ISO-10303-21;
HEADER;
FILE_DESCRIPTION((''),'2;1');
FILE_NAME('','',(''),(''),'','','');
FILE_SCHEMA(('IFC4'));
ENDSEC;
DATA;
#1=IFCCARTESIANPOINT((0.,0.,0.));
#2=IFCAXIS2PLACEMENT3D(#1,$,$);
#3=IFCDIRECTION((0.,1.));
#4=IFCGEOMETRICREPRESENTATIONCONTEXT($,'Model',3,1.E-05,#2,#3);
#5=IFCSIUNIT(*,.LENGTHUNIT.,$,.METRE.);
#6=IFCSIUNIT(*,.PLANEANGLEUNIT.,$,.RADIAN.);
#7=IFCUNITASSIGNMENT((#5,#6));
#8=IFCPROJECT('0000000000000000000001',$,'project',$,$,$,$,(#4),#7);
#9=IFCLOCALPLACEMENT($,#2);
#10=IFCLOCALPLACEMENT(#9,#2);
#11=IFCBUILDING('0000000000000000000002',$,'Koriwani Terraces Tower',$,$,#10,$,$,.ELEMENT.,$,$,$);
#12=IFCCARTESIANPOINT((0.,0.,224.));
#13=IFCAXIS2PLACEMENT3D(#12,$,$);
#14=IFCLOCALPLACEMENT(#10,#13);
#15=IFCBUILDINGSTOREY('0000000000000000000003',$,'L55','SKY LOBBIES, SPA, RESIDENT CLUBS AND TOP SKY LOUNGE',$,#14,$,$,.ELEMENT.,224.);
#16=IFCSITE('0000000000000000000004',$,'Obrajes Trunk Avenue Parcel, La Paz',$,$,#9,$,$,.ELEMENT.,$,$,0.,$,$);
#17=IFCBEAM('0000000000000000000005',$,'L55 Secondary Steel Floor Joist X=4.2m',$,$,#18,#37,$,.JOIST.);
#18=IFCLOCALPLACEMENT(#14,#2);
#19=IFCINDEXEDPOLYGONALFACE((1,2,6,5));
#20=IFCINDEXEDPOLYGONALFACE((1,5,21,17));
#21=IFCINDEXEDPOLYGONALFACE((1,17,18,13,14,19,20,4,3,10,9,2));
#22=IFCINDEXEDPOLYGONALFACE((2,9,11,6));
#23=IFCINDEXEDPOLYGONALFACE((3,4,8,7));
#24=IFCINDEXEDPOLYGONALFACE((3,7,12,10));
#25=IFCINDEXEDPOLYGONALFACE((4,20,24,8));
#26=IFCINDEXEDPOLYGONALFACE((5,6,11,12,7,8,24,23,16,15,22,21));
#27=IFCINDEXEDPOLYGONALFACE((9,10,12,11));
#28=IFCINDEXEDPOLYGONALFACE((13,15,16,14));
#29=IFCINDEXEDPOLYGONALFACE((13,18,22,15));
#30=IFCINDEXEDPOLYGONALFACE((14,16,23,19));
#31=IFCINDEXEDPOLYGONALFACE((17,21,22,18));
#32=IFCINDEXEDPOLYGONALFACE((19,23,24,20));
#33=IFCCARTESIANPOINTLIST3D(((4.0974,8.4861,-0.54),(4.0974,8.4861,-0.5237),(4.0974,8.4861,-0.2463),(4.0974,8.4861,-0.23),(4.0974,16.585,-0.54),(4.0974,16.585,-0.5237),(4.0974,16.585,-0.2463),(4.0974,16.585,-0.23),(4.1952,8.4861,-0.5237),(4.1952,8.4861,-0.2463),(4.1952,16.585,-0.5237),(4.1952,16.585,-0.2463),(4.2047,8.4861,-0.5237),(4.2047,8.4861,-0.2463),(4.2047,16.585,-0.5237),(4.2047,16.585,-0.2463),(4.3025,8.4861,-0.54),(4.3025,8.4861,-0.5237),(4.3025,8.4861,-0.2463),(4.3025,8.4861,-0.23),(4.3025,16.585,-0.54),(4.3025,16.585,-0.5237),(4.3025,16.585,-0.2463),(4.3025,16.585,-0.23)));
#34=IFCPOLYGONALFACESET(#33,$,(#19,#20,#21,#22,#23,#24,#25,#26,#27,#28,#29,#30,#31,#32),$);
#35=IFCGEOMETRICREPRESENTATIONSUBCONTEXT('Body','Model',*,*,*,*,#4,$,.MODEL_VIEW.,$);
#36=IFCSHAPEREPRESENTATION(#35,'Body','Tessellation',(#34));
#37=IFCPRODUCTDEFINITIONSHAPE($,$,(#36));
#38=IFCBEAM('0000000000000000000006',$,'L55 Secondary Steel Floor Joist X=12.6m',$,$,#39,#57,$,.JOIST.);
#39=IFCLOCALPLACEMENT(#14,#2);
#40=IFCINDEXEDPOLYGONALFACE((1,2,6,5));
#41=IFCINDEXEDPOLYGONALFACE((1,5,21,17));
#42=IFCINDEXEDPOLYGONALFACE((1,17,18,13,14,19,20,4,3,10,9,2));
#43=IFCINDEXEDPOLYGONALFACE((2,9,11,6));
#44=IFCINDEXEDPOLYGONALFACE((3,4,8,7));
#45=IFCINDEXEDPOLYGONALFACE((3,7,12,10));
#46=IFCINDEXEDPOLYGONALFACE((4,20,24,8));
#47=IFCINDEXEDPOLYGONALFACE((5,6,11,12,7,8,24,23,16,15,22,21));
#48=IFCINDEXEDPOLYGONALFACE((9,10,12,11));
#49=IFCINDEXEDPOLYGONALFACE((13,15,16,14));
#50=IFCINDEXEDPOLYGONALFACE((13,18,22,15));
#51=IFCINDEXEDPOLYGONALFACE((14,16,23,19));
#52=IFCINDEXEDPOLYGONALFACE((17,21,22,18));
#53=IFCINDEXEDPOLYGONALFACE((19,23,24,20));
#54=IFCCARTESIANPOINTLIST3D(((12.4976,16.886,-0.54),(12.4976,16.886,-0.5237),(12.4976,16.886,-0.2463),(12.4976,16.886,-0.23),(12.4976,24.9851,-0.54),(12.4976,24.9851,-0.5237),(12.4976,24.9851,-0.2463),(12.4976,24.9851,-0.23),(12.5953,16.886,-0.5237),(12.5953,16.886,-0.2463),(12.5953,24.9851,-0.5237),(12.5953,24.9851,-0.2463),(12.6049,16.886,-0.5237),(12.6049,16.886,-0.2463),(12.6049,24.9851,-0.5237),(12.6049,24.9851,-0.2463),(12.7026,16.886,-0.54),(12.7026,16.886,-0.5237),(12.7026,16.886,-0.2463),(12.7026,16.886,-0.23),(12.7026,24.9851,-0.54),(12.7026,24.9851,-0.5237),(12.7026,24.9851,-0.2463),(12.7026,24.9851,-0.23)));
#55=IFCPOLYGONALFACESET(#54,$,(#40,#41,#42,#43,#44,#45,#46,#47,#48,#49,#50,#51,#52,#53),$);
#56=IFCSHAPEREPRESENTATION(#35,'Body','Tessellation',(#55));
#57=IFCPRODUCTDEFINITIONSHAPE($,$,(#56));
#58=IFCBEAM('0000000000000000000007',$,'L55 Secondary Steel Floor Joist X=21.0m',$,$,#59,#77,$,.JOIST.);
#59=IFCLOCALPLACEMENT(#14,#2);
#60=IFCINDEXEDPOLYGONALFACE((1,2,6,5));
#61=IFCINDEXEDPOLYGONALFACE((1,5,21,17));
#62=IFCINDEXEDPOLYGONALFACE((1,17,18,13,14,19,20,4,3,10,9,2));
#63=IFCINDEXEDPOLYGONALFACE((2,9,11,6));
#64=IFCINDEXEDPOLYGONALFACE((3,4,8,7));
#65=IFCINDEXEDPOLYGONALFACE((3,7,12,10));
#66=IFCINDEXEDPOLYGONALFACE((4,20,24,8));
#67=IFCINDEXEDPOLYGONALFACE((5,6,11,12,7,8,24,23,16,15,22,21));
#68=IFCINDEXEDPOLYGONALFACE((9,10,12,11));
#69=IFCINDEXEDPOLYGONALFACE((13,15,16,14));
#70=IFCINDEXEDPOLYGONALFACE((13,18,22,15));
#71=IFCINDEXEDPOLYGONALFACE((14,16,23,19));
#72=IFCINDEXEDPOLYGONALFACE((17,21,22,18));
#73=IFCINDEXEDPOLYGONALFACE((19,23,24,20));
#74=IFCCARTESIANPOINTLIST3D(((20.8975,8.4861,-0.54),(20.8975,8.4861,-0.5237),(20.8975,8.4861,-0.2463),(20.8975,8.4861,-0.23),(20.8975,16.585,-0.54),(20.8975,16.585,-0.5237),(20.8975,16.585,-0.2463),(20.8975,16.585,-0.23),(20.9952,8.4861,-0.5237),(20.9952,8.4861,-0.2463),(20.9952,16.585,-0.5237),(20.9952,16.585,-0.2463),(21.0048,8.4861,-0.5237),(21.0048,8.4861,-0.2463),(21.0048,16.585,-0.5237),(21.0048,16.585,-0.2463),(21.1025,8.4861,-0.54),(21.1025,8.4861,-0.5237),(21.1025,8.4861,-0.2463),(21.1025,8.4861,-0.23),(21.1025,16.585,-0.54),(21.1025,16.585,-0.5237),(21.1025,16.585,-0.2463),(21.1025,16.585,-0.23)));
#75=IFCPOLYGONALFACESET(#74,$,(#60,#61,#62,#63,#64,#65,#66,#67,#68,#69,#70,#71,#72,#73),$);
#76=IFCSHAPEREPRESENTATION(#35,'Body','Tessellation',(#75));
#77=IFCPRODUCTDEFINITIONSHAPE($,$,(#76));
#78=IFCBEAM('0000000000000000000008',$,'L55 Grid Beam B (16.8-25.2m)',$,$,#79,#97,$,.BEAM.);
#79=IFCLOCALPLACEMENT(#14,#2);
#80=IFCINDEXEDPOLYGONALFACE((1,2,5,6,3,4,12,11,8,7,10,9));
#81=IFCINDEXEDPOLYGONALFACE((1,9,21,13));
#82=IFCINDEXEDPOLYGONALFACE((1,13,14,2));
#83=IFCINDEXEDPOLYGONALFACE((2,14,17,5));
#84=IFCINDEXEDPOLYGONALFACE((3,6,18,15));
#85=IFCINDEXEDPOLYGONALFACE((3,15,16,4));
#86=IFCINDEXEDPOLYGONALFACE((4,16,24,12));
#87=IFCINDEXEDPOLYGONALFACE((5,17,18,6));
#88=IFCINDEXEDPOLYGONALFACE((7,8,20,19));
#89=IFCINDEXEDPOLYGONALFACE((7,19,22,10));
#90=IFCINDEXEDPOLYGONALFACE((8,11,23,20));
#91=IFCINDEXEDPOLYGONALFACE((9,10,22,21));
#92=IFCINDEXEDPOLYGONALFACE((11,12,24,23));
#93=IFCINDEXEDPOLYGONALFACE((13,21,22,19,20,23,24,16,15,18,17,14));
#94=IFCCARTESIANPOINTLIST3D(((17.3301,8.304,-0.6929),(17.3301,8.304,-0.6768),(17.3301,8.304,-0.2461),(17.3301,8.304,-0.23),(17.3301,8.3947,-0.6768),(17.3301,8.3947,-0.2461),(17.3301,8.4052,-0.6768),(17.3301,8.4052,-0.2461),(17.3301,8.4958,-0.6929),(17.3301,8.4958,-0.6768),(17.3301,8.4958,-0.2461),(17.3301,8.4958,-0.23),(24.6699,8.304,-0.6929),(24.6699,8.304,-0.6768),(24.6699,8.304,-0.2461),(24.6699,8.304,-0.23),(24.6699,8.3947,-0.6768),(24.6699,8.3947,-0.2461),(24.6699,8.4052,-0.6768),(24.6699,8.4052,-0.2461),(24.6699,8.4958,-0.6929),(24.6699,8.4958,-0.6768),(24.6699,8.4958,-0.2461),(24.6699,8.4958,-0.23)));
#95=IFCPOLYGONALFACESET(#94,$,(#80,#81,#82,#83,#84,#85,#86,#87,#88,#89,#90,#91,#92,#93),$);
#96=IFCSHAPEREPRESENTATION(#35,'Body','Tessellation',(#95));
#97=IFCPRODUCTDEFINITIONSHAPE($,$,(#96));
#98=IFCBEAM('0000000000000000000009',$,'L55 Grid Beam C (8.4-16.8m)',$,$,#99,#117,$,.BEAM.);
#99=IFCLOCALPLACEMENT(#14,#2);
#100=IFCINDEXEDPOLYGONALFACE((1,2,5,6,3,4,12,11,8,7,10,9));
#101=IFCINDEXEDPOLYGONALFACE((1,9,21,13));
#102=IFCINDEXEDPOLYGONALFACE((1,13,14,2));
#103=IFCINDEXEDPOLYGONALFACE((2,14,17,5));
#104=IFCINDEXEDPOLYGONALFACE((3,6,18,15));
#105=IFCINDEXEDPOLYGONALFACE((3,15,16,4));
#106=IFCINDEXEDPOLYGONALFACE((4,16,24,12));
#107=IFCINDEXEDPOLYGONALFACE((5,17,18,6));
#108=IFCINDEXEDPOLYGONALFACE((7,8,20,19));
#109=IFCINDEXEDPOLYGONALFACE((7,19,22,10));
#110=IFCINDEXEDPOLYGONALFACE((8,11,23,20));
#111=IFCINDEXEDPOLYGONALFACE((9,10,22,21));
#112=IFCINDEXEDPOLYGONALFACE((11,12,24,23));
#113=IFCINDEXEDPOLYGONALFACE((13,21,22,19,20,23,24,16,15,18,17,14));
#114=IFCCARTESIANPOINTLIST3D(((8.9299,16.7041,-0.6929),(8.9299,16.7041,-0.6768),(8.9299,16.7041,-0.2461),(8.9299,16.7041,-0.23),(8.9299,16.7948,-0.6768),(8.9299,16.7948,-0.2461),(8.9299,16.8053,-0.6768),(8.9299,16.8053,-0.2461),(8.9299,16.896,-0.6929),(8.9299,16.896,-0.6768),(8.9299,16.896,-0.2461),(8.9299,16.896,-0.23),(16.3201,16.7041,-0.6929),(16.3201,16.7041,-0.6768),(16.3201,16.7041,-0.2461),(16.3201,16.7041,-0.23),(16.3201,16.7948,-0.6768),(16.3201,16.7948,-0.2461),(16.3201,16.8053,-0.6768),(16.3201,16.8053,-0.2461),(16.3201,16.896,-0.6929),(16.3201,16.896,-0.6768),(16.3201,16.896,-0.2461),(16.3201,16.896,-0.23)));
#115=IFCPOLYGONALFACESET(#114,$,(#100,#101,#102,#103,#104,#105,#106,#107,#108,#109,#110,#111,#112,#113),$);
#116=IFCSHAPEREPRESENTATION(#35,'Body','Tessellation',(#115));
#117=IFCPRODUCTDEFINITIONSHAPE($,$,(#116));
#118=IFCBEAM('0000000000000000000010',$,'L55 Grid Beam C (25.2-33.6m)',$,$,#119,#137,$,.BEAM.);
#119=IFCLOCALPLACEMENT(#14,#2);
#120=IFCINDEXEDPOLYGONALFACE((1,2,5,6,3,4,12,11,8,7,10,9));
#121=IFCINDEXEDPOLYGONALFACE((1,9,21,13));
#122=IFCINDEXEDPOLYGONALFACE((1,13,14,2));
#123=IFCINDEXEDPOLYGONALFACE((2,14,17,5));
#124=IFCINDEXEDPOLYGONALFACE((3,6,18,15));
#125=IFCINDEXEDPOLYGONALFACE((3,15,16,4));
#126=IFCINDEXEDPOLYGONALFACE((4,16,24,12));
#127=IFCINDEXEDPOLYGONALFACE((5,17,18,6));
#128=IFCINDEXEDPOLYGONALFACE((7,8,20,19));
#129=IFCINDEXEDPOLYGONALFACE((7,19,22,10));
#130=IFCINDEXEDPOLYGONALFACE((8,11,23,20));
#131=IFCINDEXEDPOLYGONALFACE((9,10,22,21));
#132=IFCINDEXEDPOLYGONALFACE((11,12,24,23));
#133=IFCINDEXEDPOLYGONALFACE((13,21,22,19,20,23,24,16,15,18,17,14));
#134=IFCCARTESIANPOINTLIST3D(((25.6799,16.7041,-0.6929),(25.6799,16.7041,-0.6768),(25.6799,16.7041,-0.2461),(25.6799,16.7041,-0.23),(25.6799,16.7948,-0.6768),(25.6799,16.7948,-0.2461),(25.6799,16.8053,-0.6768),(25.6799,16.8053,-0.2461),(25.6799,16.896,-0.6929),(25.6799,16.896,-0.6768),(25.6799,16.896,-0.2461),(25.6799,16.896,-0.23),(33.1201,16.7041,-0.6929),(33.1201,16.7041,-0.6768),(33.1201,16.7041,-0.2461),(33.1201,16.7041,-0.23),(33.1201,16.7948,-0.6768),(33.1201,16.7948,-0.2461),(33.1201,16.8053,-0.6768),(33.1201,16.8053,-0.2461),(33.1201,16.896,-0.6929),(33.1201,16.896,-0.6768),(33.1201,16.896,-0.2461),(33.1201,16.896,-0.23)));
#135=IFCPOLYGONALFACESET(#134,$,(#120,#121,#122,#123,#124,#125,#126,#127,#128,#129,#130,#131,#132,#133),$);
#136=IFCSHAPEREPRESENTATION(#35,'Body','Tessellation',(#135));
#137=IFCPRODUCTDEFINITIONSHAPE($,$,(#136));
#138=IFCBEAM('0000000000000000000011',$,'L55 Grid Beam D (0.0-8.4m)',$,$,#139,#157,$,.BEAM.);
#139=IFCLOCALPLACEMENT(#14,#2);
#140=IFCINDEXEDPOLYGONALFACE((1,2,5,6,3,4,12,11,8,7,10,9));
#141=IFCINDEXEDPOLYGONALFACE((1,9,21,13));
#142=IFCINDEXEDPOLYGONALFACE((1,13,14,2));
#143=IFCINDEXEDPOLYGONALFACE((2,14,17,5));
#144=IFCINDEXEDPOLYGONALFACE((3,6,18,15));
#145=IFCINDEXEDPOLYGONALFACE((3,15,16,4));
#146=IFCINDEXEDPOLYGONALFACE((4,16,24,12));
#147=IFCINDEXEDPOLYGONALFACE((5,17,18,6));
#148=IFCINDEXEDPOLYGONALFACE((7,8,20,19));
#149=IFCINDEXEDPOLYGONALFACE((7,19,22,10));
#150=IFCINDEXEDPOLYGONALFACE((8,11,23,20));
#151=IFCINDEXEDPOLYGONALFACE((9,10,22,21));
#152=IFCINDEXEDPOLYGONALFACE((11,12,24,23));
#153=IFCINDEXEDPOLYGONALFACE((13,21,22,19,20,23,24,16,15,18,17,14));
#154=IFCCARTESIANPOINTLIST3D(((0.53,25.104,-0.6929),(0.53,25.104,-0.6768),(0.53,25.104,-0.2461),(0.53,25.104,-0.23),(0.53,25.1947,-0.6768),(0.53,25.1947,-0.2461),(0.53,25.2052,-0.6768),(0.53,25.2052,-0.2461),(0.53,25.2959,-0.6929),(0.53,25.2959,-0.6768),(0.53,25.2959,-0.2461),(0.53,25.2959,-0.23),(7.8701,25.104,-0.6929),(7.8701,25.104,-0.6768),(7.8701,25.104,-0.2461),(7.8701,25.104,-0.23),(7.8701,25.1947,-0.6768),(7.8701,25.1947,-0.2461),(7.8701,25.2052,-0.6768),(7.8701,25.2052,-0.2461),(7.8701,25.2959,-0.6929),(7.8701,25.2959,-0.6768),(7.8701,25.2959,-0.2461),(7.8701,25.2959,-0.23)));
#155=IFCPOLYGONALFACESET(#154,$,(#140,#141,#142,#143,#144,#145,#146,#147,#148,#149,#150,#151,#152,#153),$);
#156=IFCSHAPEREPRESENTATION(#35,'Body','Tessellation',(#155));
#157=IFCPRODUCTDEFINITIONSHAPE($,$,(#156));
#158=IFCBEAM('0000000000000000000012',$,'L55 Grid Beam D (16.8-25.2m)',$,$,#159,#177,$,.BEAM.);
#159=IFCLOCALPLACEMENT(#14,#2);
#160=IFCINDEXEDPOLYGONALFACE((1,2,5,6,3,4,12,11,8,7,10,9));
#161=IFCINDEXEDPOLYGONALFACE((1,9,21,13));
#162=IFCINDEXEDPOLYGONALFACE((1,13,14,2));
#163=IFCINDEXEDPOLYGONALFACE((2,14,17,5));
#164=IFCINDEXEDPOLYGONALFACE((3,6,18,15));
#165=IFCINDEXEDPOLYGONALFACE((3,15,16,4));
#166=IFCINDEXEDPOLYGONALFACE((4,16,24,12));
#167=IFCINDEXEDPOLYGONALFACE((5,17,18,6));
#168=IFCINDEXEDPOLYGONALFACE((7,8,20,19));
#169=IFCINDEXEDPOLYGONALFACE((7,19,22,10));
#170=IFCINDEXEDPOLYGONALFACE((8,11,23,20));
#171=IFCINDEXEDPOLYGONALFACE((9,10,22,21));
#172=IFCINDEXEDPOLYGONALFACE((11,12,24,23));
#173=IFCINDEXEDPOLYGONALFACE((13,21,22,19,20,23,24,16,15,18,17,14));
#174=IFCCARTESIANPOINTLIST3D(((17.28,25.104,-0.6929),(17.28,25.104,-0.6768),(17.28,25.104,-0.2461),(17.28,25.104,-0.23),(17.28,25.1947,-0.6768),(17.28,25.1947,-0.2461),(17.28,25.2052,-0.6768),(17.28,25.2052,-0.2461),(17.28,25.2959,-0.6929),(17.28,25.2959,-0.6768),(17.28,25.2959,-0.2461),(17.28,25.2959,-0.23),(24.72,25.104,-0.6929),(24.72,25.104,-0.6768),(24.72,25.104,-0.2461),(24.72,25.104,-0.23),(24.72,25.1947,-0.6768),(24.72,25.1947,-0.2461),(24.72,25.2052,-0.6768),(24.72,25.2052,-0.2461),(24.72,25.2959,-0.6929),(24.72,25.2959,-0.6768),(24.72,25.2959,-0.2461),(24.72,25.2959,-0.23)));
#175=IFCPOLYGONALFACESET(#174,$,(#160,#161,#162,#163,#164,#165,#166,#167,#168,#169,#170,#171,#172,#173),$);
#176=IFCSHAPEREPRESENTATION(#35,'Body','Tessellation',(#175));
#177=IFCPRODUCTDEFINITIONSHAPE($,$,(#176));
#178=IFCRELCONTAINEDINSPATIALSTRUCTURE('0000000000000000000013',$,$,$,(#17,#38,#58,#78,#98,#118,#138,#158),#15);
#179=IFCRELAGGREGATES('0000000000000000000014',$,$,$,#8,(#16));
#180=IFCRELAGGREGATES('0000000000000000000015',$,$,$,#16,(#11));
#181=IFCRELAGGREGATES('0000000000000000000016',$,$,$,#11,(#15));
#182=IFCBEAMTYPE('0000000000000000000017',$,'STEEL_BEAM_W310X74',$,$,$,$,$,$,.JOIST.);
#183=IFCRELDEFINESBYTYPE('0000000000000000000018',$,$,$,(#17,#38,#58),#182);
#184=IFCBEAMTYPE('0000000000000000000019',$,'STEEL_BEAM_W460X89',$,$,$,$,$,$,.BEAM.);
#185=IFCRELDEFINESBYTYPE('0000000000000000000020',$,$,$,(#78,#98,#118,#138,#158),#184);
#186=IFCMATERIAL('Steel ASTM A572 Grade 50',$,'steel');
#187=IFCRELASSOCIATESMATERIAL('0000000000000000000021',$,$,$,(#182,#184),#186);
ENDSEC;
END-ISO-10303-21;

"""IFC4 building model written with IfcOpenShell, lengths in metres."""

from ifc_helpers import new_model, si_unit, direction, frame, origin, origin_2d, place, context, subcontext, project, spatial, i_section, extrude, material, material_profile, profile_set, type_object, element, save


model = new_model("IFC4")

# Units and contexts
model_context = context("Model", 3, precision=1e-05, world=origin(), true_north=direction((0.0, 1.0)))
body_context = subcontext(model_context, "Body", "Model", "MODEL_VIEW")
ifc_project = project(units=[si_unit("LENGTHUNIT", "METRE"), si_unit("PLANEANGLEUNIT", "RADIAN")], contexts=[model_context])

# Site, building, storey
site_placement = place(None, origin())
site = spatial("IfcSite", under=ifc_project, at=site_placement, Name="Obrajes Trunk Avenue Parcel, La Paz", CompositionType="ELEMENT", RefElevation=0.0)
building_placement = place(site_placement, origin())
building = spatial("IfcBuilding", under=site, at=building_placement, Name="Koriwani Terraces Tower", CompositionType="ELEMENT")
storey_placement = place(building_placement, frame((0.0, 0.0, 224.0)))
storey = spatial("IfcBuildingStorey", under=building, at=storey_placement, Name="L55", Description="SKY LOBBIES, SPA, RESIDENT CLUBS AND TOP SKY LOUNGE", CompositionType="ELEMENT", Elevation=224.0)

# Beams
ifc_material_1 = material(Name="Steel ASTM A572 Grade 50", Category="steel")
ifc_material_profile_1 = material_profile(ifc_material_1, i_section(OverallWidth=0.2051, OverallDepth=0.3101, WebThickness=0.0095, FlangeThickness=0.0164, at=origin_2d()), Name="Steel ASTM A572 Grade 50", Category="LoadBearing")
ifc_profile_set_1 = profile_set([ifc_material_profile_1], Name="Steel ASTM A572 Grade 50")
beam_type_1 = type_object("IfcBeamType", Name="STEEL_BEAM_W310X74", PredefinedType="JOIST", material=ifc_profile_set_1)
beam_1_placement = place(storey_placement, frame((4.2, 8.4861, -0.385), z_axis=(0.0, 1.0, 0.0), x_axis=(-1.0, 0.0, 0.0)))
element("IfcBeam", 1, at=beam_1_placement, inside=storey, type_object=beam_type_1, Name="L55 Secondary Steel Floor Joist X=4.2m", PredefinedType="JOIST", context=body_context, shape_type="SweptSolid", body=[
    extrude(i_section(OverallWidth=0.2051, OverallDepth=0.3101, WebThickness=0.0095, FlangeThickness=0.0164, at=origin_2d()), origin(), (0.0, 0.0, 1.0), 8.0989),
])
beam_2_placement = place(storey_placement, frame((12.6001, 16.886, -0.385), z_axis=(0.0, 1.0, 0.0), x_axis=(-1.0, 0.0, 0.0)))
element("IfcBeam", 2, at=beam_2_placement, inside=storey, type_object=beam_type_1, Name="L55 Secondary Steel Floor Joist X=12.6m", PredefinedType="JOIST", context=body_context, shape_type="SweptSolid", body=[
    extrude(i_section(OverallWidth=0.2051, OverallDepth=0.3101, WebThickness=0.0095, FlangeThickness=0.0164, at=origin_2d()), origin(), (0.0, 0.0, 1.0), 8.0991),
])
beam_3_placement = place(storey_placement, frame((21.0, 8.4861, -0.385), z_axis=(0.0, 1.0, 0.0), x_axis=(-1.0, 0.0, 0.0)))
element("IfcBeam", 3, at=beam_3_placement, inside=storey, type_object=beam_type_1, Name="L55 Secondary Steel Floor Joist X=21.0m", PredefinedType="JOIST", context=body_context, shape_type="SweptSolid", body=[
    extrude(i_section(OverallWidth=0.2051, OverallDepth=0.3101, WebThickness=0.0095, FlangeThickness=0.0164, at=origin_2d()), origin(), (0.0, 0.0, 1.0), 8.0989),
])
ifc_material_profile_2 = material_profile(ifc_material_1, i_section(OverallWidth=0.1919, OverallDepth=0.4629, WebThickness=0.0105, FlangeThickness=0.0161, at=origin_2d()), Name="Steel ASTM A572 Grade 50", Category="LoadBearing")
ifc_profile_set_2 = profile_set([ifc_material_profile_2], Name="Steel ASTM A572 Grade 50")
beam_type_2 = type_object("IfcBeamType", Name="STEEL_BEAM_W460X89", PredefinedType="BEAM", material=ifc_profile_set_2)
beam_4_placement = place(storey_placement, frame((17.3301, 8.3999, -0.4614), z_axis=(1.0, 0.0, 0.0), x_axis=(0.0, 1.0, 0.0)))
element("IfcBeam", 4, at=beam_4_placement, inside=storey, type_object=beam_type_2, Name="L55 Grid Beam B (16.8-25.2m)", PredefinedType="BEAM", context=body_context, shape_type="SweptSolid", body=[
    extrude(i_section(OverallWidth=0.1919, OverallDepth=0.4629, WebThickness=0.0105, FlangeThickness=0.0161, at=origin_2d()), origin(), (0.0, 0.0, 1.0), 7.3398),
])
beam_5_placement = place(storey_placement, frame((8.9299, 16.8, -0.4614), z_axis=(1.0, 0.0, 0.0), x_axis=(0.0, 1.0, 0.0)))
element("IfcBeam", 5, at=beam_5_placement, inside=storey, type_object=beam_type_2, Name="L55 Grid Beam C (8.4-16.8m)", PredefinedType="BEAM", context=body_context, shape_type="SweptSolid", body=[
    extrude(i_section(OverallWidth=0.1919, OverallDepth=0.4629, WebThickness=0.0105, FlangeThickness=0.0161, at=origin_2d()), origin(), (0.0, 0.0, 1.0), 7.3901),
])
beam_6_placement = place(storey_placement, frame((25.6799, 16.8, -0.4614), z_axis=(1.0, 0.0, 0.0), x_axis=(0.0, 1.0, 0.0)))
element("IfcBeam", 6, at=beam_6_placement, inside=storey, type_object=beam_type_2, Name="L55 Grid Beam C (25.2-33.6m)", PredefinedType="BEAM", context=body_context, shape_type="SweptSolid", body=[
    extrude(i_section(OverallWidth=0.1919, OverallDepth=0.4629, WebThickness=0.0105, FlangeThickness=0.0161, at=origin_2d()), origin(), (0.0, 0.0, 1.0), 7.4402),
])
beam_7_placement = place(storey_placement, frame((0.53, 25.2, -0.4614), z_axis=(1.0, 0.0, 0.0), x_axis=(0.0, 1.0, 0.0)))
element("IfcBeam", 7, at=beam_7_placement, inside=storey, type_object=beam_type_2, Name="L55 Grid Beam D (0.0-8.4m)", PredefinedType="BEAM", context=body_context, shape_type="SweptSolid", body=[
    extrude(i_section(OverallWidth=0.1919, OverallDepth=0.4629, WebThickness=0.0105, FlangeThickness=0.0161, at=origin_2d()), origin(), (0.0, 0.0, 1.0), 7.3401),
])
beam_8_placement = place(storey_placement, frame((17.28, 25.2, -0.4614), z_axis=(1.0, 0.0, 0.0), x_axis=(0.0, 1.0, 0.0)))
element("IfcBeam", 8, at=beam_8_placement, inside=storey, type_object=beam_type_2, Name="L55 Grid Beam D (16.8-25.2m)", PredefinedType="BEAM", context=body_context, shape_type="SweptSolid", body=[
    extrude(i_section(OverallWidth=0.1919, OverallDepth=0.4629, WebThickness=0.0105, FlangeThickness=0.0161, at=origin_2d()), origin(), (0.0, 0.0, 1.0), 7.4399),
])

save(model, "model.ifc")
